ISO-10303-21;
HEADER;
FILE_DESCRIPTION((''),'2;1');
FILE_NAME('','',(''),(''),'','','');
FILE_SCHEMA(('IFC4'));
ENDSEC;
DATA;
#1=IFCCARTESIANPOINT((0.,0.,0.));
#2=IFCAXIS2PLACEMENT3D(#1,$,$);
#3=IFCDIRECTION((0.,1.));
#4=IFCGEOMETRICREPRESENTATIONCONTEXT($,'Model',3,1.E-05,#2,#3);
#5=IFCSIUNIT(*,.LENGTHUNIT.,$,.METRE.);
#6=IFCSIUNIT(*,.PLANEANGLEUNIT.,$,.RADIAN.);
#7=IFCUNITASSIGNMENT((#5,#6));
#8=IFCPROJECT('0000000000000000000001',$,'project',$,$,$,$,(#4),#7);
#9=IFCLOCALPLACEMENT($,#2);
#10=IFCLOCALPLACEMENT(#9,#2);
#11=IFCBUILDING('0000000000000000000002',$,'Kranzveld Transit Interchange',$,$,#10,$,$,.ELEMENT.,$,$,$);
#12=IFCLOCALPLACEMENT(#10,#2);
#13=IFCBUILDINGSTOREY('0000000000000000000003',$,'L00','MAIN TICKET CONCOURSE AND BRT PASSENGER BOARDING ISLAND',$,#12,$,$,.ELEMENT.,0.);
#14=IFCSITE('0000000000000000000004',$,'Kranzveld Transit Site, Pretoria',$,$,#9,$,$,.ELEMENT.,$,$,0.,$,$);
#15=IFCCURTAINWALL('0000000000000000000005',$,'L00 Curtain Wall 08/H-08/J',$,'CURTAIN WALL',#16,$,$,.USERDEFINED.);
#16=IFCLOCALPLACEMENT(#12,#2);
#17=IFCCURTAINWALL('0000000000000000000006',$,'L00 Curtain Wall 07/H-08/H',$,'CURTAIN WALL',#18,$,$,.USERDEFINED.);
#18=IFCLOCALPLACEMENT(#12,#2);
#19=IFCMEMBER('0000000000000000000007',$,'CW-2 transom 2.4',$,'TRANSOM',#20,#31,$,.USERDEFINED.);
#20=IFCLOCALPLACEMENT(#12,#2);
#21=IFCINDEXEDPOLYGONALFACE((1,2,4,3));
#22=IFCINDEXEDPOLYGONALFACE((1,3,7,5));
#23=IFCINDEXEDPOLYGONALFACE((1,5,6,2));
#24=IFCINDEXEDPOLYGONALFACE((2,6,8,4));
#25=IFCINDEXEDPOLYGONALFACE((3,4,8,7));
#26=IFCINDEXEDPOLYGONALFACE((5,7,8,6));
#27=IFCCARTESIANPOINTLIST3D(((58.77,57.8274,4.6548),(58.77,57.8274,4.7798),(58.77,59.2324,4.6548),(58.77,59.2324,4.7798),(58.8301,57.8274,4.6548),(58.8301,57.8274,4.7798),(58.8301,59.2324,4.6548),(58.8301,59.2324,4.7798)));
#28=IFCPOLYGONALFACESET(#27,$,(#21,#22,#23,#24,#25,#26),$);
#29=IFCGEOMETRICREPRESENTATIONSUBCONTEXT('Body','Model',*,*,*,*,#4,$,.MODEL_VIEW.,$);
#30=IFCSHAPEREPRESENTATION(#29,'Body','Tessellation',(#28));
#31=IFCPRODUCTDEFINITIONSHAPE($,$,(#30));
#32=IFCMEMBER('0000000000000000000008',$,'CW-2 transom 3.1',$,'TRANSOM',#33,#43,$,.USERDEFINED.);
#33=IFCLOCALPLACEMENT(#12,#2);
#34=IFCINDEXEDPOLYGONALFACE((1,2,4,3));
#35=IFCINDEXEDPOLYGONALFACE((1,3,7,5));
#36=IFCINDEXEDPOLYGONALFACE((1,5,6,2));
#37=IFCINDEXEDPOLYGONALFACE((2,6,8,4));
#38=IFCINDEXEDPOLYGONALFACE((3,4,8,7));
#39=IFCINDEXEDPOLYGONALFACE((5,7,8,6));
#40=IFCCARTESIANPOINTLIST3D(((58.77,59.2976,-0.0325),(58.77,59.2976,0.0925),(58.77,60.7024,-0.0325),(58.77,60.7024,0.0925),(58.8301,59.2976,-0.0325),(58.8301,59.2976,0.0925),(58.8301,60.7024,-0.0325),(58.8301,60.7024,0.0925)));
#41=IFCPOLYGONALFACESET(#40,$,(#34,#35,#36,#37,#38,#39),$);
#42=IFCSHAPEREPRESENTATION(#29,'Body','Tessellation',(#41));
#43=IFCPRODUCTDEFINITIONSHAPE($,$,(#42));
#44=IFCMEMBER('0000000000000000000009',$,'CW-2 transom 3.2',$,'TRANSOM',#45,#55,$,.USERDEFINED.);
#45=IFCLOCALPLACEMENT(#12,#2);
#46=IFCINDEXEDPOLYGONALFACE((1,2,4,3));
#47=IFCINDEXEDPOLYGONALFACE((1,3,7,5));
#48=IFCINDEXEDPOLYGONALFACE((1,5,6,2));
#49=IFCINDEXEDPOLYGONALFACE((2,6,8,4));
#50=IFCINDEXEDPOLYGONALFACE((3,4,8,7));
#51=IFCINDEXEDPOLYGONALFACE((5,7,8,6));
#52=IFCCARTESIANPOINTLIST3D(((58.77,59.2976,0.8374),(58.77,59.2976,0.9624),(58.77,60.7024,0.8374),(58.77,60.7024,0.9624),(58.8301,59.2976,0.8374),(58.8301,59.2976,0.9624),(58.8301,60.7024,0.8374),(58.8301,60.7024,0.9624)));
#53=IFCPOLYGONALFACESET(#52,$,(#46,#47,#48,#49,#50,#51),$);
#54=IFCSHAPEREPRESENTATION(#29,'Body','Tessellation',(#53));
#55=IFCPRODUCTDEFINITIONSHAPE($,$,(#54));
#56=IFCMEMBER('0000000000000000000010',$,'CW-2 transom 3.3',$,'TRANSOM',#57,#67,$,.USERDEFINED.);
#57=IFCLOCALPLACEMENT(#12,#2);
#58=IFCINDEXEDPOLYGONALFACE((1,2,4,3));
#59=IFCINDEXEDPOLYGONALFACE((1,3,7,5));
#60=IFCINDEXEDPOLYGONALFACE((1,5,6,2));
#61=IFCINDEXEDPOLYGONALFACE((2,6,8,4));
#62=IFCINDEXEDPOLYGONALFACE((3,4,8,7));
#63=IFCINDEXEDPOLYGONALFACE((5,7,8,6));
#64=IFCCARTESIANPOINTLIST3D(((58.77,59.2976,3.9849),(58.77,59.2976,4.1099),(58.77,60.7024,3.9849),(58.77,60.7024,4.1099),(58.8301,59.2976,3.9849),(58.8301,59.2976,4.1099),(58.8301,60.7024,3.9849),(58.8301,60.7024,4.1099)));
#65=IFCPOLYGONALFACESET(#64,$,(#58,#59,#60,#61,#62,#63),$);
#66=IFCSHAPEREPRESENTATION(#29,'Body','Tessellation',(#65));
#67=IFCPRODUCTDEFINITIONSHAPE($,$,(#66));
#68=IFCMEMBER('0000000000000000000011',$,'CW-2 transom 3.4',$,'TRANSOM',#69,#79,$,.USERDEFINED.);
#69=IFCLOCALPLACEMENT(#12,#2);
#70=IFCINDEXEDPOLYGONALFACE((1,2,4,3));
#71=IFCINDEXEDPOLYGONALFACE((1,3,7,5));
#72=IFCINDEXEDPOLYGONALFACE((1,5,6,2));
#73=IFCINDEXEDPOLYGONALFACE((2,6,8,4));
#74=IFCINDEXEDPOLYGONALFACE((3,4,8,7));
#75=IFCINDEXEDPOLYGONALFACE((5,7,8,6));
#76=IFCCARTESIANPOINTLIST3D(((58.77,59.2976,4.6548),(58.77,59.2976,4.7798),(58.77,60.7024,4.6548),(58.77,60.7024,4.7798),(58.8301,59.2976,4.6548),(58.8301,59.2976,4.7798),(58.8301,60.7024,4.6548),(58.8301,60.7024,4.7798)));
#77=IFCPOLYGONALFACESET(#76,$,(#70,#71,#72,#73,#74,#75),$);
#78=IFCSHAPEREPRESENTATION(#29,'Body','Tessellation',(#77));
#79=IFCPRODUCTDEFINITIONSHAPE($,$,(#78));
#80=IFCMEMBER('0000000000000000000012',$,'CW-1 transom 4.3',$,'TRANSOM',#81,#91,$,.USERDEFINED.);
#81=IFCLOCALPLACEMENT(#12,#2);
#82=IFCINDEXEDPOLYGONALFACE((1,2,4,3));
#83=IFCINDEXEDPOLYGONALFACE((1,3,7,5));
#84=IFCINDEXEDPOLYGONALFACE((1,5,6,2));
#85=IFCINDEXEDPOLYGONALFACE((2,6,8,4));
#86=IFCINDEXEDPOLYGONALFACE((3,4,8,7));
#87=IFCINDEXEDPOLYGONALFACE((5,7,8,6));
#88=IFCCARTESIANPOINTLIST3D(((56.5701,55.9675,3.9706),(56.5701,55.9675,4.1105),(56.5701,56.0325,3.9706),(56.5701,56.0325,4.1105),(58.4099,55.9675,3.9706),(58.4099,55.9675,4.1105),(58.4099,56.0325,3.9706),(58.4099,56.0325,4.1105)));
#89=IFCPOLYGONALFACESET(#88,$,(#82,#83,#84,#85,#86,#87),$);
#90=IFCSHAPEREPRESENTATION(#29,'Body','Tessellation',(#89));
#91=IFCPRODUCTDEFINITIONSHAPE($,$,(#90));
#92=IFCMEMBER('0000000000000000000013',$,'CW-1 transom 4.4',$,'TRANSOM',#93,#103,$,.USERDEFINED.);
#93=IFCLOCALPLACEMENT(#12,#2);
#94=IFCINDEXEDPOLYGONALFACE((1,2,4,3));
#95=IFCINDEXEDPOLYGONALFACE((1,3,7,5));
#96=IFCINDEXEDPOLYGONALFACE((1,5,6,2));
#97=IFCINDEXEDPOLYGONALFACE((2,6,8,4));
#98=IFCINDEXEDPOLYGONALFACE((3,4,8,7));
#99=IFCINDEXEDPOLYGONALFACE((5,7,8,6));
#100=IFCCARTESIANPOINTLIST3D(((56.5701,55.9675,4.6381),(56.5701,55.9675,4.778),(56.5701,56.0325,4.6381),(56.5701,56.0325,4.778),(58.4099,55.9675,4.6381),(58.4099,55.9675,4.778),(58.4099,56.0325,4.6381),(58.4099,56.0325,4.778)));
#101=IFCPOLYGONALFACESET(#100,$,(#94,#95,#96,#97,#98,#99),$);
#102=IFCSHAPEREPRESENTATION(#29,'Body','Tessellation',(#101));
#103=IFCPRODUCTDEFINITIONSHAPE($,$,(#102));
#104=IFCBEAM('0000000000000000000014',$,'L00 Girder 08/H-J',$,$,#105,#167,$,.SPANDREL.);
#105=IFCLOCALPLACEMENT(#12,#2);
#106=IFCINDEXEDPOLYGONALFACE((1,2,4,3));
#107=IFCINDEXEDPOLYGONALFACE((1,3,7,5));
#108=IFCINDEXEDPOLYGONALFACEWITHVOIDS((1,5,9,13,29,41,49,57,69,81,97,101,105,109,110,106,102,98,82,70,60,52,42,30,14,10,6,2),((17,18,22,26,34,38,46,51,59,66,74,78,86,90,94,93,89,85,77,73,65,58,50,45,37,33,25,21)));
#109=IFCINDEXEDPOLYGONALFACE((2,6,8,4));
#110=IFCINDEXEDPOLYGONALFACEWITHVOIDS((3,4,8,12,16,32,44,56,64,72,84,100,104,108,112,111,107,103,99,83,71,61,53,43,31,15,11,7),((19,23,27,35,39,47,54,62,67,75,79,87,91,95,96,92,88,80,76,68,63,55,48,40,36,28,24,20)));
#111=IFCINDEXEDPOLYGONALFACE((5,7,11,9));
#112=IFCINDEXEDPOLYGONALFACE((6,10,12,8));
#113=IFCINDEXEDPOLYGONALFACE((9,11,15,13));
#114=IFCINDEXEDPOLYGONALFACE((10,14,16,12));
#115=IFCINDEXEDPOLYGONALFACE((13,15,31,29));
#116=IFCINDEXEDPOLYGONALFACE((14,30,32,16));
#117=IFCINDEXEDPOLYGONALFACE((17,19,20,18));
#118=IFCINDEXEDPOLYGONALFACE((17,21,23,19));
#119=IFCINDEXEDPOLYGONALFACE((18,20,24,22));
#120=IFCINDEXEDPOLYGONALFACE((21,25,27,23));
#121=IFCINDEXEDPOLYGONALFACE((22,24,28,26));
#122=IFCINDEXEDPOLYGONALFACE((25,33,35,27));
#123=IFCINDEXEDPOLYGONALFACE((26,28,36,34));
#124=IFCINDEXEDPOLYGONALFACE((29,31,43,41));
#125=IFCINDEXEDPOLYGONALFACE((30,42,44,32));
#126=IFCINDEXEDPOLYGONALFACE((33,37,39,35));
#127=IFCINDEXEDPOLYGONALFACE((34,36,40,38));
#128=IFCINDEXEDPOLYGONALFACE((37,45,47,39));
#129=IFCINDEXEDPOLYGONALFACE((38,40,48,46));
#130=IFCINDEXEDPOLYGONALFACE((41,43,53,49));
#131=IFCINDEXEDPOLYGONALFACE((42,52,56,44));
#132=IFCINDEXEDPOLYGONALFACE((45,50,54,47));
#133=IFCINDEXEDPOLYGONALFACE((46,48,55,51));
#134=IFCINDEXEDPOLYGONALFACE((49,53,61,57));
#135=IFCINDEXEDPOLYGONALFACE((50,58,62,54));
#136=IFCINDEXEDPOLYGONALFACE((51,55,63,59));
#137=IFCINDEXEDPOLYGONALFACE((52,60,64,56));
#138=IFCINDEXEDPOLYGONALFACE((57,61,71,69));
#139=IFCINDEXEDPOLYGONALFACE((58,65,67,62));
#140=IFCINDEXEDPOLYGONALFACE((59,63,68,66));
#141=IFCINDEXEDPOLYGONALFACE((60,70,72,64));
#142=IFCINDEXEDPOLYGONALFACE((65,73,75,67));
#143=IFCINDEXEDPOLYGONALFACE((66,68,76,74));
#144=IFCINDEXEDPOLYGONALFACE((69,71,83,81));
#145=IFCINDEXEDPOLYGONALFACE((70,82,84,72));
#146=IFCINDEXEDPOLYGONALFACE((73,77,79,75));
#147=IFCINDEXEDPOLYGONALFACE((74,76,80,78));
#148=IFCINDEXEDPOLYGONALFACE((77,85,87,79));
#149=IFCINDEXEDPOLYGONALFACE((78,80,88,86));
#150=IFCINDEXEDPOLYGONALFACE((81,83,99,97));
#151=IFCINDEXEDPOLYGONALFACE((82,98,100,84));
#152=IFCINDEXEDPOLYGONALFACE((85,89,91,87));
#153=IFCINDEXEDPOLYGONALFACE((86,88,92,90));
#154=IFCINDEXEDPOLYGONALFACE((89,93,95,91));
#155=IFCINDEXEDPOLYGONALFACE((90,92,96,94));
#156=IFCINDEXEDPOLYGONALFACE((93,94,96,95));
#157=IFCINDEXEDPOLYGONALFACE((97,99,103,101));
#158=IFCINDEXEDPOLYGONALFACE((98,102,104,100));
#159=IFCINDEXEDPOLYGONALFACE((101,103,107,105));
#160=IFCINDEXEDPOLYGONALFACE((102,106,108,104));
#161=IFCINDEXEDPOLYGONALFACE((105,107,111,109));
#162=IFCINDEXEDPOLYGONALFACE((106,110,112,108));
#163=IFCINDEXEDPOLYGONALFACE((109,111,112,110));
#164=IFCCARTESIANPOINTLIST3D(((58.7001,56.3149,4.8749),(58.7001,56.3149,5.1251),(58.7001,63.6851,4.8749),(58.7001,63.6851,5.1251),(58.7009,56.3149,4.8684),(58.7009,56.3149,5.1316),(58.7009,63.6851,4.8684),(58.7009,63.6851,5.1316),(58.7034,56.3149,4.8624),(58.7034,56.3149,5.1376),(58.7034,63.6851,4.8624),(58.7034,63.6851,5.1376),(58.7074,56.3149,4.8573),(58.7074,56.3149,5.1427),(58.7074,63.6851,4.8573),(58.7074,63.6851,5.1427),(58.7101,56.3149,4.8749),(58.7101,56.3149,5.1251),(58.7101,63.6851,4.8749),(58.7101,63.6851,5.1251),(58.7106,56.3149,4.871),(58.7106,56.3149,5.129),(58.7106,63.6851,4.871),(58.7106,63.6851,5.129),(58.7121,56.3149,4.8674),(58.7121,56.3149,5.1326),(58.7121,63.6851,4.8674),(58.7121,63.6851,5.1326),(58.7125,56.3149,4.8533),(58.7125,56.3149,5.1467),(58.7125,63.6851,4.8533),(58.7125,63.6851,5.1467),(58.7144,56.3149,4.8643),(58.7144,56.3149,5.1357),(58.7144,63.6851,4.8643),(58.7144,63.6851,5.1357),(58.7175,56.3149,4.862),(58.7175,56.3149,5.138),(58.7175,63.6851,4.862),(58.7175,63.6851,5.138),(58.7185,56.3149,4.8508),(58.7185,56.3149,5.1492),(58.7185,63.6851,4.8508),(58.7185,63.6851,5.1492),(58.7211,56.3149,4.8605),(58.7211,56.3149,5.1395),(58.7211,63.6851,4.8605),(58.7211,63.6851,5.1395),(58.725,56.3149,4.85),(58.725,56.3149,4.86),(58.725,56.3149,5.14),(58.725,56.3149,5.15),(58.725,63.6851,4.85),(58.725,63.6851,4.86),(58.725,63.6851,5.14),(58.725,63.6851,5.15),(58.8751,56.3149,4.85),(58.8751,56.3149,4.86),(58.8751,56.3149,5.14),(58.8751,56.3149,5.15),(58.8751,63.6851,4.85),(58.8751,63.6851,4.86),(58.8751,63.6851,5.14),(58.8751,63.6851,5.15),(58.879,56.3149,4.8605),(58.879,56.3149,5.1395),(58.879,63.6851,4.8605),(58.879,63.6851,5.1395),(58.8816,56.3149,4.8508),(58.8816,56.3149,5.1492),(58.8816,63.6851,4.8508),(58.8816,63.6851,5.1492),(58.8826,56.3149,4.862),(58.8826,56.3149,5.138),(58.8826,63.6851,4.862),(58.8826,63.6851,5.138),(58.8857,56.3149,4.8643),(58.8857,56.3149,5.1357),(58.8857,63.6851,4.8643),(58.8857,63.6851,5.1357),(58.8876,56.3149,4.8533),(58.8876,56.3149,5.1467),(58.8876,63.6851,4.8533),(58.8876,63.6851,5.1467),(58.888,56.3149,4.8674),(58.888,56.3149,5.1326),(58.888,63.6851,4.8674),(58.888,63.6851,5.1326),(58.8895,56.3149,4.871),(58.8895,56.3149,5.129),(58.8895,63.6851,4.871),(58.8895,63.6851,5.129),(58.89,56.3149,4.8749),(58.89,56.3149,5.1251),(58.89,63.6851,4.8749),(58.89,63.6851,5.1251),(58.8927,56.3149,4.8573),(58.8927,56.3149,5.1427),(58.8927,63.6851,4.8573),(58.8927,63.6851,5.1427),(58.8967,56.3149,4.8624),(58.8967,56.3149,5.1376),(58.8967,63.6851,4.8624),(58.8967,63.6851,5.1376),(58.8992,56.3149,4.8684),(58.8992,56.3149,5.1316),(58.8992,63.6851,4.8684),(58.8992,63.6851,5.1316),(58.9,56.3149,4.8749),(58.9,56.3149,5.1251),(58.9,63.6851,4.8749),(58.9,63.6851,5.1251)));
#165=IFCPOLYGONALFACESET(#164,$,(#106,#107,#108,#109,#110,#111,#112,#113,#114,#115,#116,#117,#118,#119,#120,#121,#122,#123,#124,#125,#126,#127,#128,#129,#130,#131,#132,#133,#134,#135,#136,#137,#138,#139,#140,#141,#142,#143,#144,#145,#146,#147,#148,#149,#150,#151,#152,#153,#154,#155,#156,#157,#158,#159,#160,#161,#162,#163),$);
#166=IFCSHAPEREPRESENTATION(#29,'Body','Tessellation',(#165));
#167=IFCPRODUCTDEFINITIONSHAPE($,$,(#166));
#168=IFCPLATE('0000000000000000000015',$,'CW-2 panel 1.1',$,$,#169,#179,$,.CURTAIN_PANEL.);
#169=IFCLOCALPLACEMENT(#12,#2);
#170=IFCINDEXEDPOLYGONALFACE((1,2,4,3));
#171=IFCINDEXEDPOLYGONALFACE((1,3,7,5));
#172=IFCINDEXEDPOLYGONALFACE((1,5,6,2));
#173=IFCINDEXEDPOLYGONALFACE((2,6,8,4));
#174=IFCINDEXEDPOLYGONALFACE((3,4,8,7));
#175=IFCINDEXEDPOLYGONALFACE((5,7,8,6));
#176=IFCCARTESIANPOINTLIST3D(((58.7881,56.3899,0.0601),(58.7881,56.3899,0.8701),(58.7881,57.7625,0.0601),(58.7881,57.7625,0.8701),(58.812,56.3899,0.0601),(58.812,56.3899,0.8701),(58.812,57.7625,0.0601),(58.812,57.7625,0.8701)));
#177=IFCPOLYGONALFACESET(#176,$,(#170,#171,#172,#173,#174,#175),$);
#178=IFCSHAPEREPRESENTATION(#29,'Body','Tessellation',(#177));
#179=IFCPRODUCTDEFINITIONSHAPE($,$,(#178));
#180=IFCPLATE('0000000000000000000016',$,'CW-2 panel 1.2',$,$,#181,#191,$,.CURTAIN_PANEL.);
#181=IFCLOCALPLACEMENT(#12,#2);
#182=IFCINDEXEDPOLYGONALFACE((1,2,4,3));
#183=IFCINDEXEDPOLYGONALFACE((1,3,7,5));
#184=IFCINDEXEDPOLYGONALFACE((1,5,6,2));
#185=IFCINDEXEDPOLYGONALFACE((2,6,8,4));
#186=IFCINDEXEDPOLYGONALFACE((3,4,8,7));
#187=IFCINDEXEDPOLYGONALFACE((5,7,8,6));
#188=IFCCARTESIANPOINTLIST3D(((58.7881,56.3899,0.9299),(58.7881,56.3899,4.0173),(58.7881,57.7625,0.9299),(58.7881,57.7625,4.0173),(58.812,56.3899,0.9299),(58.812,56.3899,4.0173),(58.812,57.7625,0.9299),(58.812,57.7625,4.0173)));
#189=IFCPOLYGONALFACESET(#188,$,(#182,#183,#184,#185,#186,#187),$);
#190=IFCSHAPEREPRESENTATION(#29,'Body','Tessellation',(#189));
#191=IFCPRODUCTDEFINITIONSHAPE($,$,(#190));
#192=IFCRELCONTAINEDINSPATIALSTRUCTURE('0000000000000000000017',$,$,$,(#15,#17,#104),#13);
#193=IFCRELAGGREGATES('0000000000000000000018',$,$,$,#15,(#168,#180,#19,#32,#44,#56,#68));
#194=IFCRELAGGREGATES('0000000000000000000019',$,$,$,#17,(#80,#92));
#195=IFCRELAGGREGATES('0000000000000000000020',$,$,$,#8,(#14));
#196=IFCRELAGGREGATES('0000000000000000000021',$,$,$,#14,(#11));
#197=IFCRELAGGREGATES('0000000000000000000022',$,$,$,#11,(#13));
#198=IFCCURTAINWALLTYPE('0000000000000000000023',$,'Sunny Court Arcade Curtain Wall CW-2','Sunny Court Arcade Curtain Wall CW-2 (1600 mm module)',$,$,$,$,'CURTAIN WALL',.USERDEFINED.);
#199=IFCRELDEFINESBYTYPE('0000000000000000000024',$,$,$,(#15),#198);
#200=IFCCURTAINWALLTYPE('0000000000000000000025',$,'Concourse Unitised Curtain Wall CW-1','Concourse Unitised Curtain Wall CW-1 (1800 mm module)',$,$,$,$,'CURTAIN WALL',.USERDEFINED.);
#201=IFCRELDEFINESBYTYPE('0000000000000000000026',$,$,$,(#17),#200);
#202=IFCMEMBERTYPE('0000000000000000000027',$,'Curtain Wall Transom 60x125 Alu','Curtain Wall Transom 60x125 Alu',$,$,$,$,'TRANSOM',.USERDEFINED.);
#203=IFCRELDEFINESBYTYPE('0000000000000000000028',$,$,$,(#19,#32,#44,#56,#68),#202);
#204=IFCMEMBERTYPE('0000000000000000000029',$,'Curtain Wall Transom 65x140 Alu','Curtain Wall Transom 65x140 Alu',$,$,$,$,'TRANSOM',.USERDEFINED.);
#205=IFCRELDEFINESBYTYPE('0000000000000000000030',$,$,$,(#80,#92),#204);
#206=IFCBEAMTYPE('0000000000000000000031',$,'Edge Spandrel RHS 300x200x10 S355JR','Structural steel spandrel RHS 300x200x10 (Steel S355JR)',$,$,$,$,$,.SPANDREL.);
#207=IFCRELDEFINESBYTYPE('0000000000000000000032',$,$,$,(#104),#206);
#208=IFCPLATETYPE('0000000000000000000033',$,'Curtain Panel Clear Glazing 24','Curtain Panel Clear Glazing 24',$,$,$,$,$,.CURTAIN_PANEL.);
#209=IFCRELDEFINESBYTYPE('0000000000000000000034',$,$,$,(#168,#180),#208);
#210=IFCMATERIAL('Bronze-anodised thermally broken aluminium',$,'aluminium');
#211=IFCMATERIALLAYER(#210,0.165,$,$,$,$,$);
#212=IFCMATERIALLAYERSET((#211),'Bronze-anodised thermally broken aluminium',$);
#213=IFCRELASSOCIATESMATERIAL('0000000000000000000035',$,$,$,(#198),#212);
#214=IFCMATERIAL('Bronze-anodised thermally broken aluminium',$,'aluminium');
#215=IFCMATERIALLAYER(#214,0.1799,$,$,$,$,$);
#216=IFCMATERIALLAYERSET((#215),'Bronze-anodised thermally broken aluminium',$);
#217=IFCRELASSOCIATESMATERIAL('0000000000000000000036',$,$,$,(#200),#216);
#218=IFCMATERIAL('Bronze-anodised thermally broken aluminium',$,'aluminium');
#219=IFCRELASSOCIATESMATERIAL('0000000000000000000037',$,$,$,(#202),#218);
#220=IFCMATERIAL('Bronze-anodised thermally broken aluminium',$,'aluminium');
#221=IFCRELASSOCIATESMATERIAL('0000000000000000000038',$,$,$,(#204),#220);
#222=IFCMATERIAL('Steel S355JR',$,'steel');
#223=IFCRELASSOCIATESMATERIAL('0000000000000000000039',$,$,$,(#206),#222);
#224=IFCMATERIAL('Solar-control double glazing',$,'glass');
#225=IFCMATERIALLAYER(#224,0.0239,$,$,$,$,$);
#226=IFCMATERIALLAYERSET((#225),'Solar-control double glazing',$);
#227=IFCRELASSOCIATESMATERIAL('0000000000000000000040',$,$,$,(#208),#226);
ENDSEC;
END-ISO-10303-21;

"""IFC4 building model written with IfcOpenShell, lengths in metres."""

from ifc_helpers import new_model, si_unit, direction, frame, origin, origin_2d, place, context, subcontext, project, spatial, rectangle, hollow_rectangle, extrude, material, layer, layer_set, material_profile, profile_set, type_object, element, aggregate, save


model = new_model("IFC4")

# Units and contexts
model_context = context("Model", 3, precision=1e-05, world=origin(), true_north=direction((0.0, 1.0)))
body_context = subcontext(model_context, "Body", "Model", "MODEL_VIEW")
ifc_project = project(units=[si_unit("LENGTHUNIT", "METRE"), si_unit("PLANEANGLEUNIT", "RADIAN")], contexts=[model_context])

# Site, building, storey
site_placement = place(None, origin())
site = spatial("IfcSite", under=ifc_project, at=site_placement, Name="Kranzveld Transit Site, Pretoria", CompositionType="ELEMENT", RefElevation=0.0)
building_placement = place(site_placement, origin())
building = spatial("IfcBuilding", under=site, at=building_placement, Name="Kranzveld Transit Interchange", CompositionType="ELEMENT")
storey_placement = place(building_placement, origin())
storey = spatial("IfcBuildingStorey", under=building, at=storey_placement, Name="L00", Description="MAIN TICKET CONCOURSE AND BRT PASSENGER BOARDING ISLAND", CompositionType="ELEMENT", Elevation=0.0)

# Curtain wall
ifc_material_1 = material(Name="Bronze-anodised thermally broken aluminium", Category="aluminium")
ifc_layer_1 = layer(ifc_material_1, 0.165)
ifc_layer_set_1 = layer_set([ifc_layer_1], Name="Bronze-anodised thermally broken aluminium")
curtain_wall_type_1 = type_object("IfcCurtainWallType", Name="Sunny Court Arcade Curtain Wall CW-2", Description="Sunny Court Arcade Curtain Wall CW-2 (1600 mm module)", ElementType="CURTAIN WALL", PredefinedType="USERDEFINED", material=ifc_layer_set_1)
curtain_wall_1_placement = place(storey_placement, origin())
curtain_wall_1 = element("IfcCurtainWall", 1, at=curtain_wall_1_placement, inside=storey, type_object=curtain_wall_type_1, Name="L00 Curtain Wall 08/H-08/J", ObjectType="CURTAIN WALL", PredefinedType="USERDEFINED")

# Curtain wall
ifc_material_2 = material(Name="Bronze-anodised thermally broken aluminium", Category="aluminium")
ifc_layer_2 = layer(ifc_material_2, 0.1799)
ifc_layer_set_2 = layer_set([ifc_layer_2], Name="Bronze-anodised thermally broken aluminium")
curtain_wall_type_2 = type_object("IfcCurtainWallType", Name="Concourse Unitised Curtain Wall CW-1", Description="Concourse Unitised Curtain Wall CW-1 (1800 mm module)", ElementType="CURTAIN WALL", PredefinedType="USERDEFINED", material=ifc_layer_set_2)
curtain_wall_2_placement = place(storey_placement, origin())
curtain_wall_2 = element("IfcCurtainWall", 2, at=curtain_wall_2_placement, inside=storey, type_object=curtain_wall_type_2, Name="L00 Curtain Wall 07/H-08/H", ObjectType="CURTAIN WALL", PredefinedType="USERDEFINED")

# Members
ifc_material_3 = material(Name="Bronze-anodised thermally broken aluminium", Category="aluminium")
ifc_material_profile_1 = material_profile(ifc_material_3, rectangle(XDim=0.0601, YDim=0.125, at=origin_2d()), Name="ALU TRANSOM 60x125")
ifc_profile_set_1 = profile_set([ifc_material_profile_1], Name="Bronze-anodised thermally broken aluminium")
member_type_1 = type_object("IfcMemberType", Name="Curtain Wall Transom 60x125 Alu", Description="Curtain Wall Transom 60x125 Alu", ElementType="TRANSOM", PredefinedType="USERDEFINED", material=ifc_profile_set_1)
member_1_placement = place(storey_placement, frame((58.8, 57.8274, 4.7173), z_axis=(0.0, 1.0, 0.0), x_axis=(-1.0, 0.0, 0.0)))
member_1 = element("IfcMember", 3, at=member_1_placement, type_object=member_type_1, Name="CW-2 transom 2.4", ObjectType="TRANSOM", PredefinedType="USERDEFINED", context=body_context, shape_type="SweptSolid", body=[
    extrude(rectangle(XDim=0.0601, YDim=0.125, at=origin_2d()), origin(), (0.0, 0.0, 1.0), 1.405),
])
member_2_placement = place(storey_placement, frame((58.8, 59.2976, 0.03), z_axis=(0.0, 1.0, 0.0), x_axis=(-1.0, 0.0, 0.0)))
member_2 = element("IfcMember", 4, at=member_2_placement, type_object=member_type_1, Name="CW-2 transom 3.1", ObjectType="TRANSOM", PredefinedType="USERDEFINED", context=body_context, shape_type="SweptSolid", body=[
    extrude(rectangle(XDim=0.0601, YDim=0.125, at=origin_2d()), origin(), (0.0, 0.0, 1.0), 1.4048),
])
member_3_placement = place(storey_placement, frame((58.8, 59.2976, 0.8999), z_axis=(0.0, 1.0, 0.0), x_axis=(-1.0, 0.0, 0.0)))
member_3 = element("IfcMember", 5, at=member_3_placement, type_object=member_type_1, Name="CW-2 transom 3.2", ObjectType="TRANSOM", PredefinedType="USERDEFINED", context=body_context, shape_type="SweptSolid", body=[
    extrude(rectangle(XDim=0.0601, YDim=0.125, at=origin_2d()), origin(), (0.0, 0.0, 1.0), 1.4048),
])
member_4_placement = place(storey_placement, frame((58.8, 59.2976, 4.0474), z_axis=(0.0, 1.0, 0.0), x_axis=(-1.0, 0.0, 0.0)))
member_4 = element("IfcMember", 6, at=member_4_placement, type_object=member_type_1, Name="CW-2 transom 3.3", ObjectType="TRANSOM", PredefinedType="USERDEFINED", context=body_context, shape_type="SweptSolid", body=[
    extrude(rectangle(XDim=0.0601, YDim=0.125, at=origin_2d()), origin(), (0.0, 0.0, 1.0), 1.4048),
])
member_5_placement = place(storey_placement, frame((58.8, 59.2976, 4.7173), z_axis=(0.0, 1.0, 0.0), x_axis=(-1.0, 0.0, 0.0)))
member_5 = element("IfcMember", 7, at=member_5_placement, type_object=member_type_1, Name="CW-2 transom 3.4", ObjectType="TRANSOM", PredefinedType="USERDEFINED", context=body_context, shape_type="SweptSolid", body=[
    extrude(rectangle(XDim=0.0601, YDim=0.125, at=origin_2d()), origin(), (0.0, 0.0, 1.0), 1.4048),
])
ifc_material_4 = material(Name="Bronze-anodised thermally broken aluminium", Category="aluminium")
ifc_material_profile_2 = material_profile(ifc_material_4, rectangle(XDim=0.0649, YDim=0.1399, at=origin_2d()), Name="ALU TRANSOM 65x140")
ifc_profile_set_2 = profile_set([ifc_material_profile_2], Name="Bronze-anodised thermally broken aluminium")
member_type_2 = type_object("IfcMemberType", Name="Curtain Wall Transom 65x140 Alu", Description="Curtain Wall Transom 65x140 Alu", ElementType="TRANSOM", PredefinedType="USERDEFINED", material=ifc_profile_set_2)
member_6_placement = place(storey_placement, frame((56.5701, 56.0, 4.0405), z_axis=(1.0, 0.0, 0.0), x_axis=(0.0, 1.0, 0.0)))
member_6 = element("IfcMember", 8, at=member_6_placement, type_object=member_type_2, Name="CW-1 transom 4.3", ObjectType="TRANSOM", PredefinedType="USERDEFINED", context=body_context, shape_type="SweptSolid", body=[
    extrude(rectangle(XDim=0.0649, YDim=0.1399, at=origin_2d()), origin(), (0.0, 0.0, 1.0), 1.8398),
])
member_7_placement = place(storey_placement, frame((56.5701, 56.0, 4.708), z_axis=(1.0, 0.0, 0.0), x_axis=(0.0, 1.0, 0.0)))
member_7 = element("IfcMember", 9, at=member_7_placement, type_object=member_type_2, Name="CW-1 transom 4.4", ObjectType="TRANSOM", PredefinedType="USERDEFINED", context=body_context, shape_type="SweptSolid", body=[
    extrude(rectangle(XDim=0.0649, YDim=0.1399, at=origin_2d()), origin(), (0.0, 0.0, 1.0), 1.8398),
])

# Beam
ifc_material_5 = material(Name="Steel S355JR", Category="steel")
ifc_material_profile_3 = material_profile(ifc_material_5, hollow_rectangle(XDim=0.2, YDim=0.3, WallThickness=0.01, InnerFilletRadius=0.0149, OuterFilletRadius=0.0249, at=origin_2d()), Name="RHS 300x200x10")
ifc_profile_set_3 = profile_set([ifc_material_profile_3], Name="Steel S355JR")
beam_type = type_object("IfcBeamType", Name="Edge Spandrel RHS 300x200x10 S355JR", Description="Structural steel spandrel RHS 300x200x10 (Steel S355JR)", PredefinedType="SPANDREL", material=ifc_profile_set_3)
beam_placement = place(storey_placement, frame((58.8, 56.3149, 5.0), z_axis=(0.0, 1.0, 0.0), x_axis=(-1.0, 0.0, 0.0)))
element("IfcBeam", 10, at=beam_placement, inside=storey, type_object=beam_type, Name="L00 Girder 08/H-J", PredefinedType="SPANDREL", context=body_context, shape_type="SweptSolid", body=[
    extrude(hollow_rectangle(XDim=0.2, YDim=0.3, WallThickness=0.01, InnerFilletRadius=0.0149, OuterFilletRadius=0.0249, at=origin_2d()), origin(), (0.0, 0.0, 1.0), 7.3701),
])

# Plates
ifc_material_6 = material(Name="Solar-control double glazing", Category="glass")
ifc_layer_3 = layer(ifc_material_6, 0.0239)
ifc_layer_set_3 = layer_set([ifc_layer_3], Name="Solar-control double glazing")
plate_type_1 = type_object("IfcPlateType", Name="Curtain Panel Clear Glazing 24", Description="Curtain Panel Clear Glazing 24", PredefinedType="CURTAIN_PANEL", material=ifc_layer_set_3)
plate_1_placement = place(storey_placement, frame((58.8, 57.0762, 0.0601), z_axis=(0.0, 0.0, 1.0), x_axis=(0.0, 1.0, 0.0)))
plate_1 = element("IfcPlate", 11, at=plate_1_placement, type_object=plate_type_1, Name="CW-2 panel 1.1", PredefinedType="CURTAIN_PANEL", context=body_context, shape_type="SweptSolid", body=[
    extrude(rectangle(XDim=1.3726, YDim=0.0239, at=origin_2d()), origin(), (0.0, 0.0, 1.0), 0.8101),
])
plate_2_placement = place(storey_placement, frame((58.8, 57.0762, 0.9299), z_axis=(0.0, 0.0, 1.0), x_axis=(0.0, 1.0, 0.0)))
plate_2 = element("IfcPlate", 12, at=plate_2_placement, type_object=plate_type_1, Name="CW-2 panel 1.2", PredefinedType="CURTAIN_PANEL", context=body_context, shape_type="SweptSolid", body=[
    extrude(rectangle(XDim=1.3726, YDim=0.0239, at=origin_2d()), origin(), (0.0, 0.0, 1.0), 3.0874),
])
aggregate(curtain_wall_1, [plate_1, plate_2, member_1, member_2, member_3, member_4, member_5])
aggregate(curtain_wall_2, [member_6, member_7])

save(model, "model.ifc")
